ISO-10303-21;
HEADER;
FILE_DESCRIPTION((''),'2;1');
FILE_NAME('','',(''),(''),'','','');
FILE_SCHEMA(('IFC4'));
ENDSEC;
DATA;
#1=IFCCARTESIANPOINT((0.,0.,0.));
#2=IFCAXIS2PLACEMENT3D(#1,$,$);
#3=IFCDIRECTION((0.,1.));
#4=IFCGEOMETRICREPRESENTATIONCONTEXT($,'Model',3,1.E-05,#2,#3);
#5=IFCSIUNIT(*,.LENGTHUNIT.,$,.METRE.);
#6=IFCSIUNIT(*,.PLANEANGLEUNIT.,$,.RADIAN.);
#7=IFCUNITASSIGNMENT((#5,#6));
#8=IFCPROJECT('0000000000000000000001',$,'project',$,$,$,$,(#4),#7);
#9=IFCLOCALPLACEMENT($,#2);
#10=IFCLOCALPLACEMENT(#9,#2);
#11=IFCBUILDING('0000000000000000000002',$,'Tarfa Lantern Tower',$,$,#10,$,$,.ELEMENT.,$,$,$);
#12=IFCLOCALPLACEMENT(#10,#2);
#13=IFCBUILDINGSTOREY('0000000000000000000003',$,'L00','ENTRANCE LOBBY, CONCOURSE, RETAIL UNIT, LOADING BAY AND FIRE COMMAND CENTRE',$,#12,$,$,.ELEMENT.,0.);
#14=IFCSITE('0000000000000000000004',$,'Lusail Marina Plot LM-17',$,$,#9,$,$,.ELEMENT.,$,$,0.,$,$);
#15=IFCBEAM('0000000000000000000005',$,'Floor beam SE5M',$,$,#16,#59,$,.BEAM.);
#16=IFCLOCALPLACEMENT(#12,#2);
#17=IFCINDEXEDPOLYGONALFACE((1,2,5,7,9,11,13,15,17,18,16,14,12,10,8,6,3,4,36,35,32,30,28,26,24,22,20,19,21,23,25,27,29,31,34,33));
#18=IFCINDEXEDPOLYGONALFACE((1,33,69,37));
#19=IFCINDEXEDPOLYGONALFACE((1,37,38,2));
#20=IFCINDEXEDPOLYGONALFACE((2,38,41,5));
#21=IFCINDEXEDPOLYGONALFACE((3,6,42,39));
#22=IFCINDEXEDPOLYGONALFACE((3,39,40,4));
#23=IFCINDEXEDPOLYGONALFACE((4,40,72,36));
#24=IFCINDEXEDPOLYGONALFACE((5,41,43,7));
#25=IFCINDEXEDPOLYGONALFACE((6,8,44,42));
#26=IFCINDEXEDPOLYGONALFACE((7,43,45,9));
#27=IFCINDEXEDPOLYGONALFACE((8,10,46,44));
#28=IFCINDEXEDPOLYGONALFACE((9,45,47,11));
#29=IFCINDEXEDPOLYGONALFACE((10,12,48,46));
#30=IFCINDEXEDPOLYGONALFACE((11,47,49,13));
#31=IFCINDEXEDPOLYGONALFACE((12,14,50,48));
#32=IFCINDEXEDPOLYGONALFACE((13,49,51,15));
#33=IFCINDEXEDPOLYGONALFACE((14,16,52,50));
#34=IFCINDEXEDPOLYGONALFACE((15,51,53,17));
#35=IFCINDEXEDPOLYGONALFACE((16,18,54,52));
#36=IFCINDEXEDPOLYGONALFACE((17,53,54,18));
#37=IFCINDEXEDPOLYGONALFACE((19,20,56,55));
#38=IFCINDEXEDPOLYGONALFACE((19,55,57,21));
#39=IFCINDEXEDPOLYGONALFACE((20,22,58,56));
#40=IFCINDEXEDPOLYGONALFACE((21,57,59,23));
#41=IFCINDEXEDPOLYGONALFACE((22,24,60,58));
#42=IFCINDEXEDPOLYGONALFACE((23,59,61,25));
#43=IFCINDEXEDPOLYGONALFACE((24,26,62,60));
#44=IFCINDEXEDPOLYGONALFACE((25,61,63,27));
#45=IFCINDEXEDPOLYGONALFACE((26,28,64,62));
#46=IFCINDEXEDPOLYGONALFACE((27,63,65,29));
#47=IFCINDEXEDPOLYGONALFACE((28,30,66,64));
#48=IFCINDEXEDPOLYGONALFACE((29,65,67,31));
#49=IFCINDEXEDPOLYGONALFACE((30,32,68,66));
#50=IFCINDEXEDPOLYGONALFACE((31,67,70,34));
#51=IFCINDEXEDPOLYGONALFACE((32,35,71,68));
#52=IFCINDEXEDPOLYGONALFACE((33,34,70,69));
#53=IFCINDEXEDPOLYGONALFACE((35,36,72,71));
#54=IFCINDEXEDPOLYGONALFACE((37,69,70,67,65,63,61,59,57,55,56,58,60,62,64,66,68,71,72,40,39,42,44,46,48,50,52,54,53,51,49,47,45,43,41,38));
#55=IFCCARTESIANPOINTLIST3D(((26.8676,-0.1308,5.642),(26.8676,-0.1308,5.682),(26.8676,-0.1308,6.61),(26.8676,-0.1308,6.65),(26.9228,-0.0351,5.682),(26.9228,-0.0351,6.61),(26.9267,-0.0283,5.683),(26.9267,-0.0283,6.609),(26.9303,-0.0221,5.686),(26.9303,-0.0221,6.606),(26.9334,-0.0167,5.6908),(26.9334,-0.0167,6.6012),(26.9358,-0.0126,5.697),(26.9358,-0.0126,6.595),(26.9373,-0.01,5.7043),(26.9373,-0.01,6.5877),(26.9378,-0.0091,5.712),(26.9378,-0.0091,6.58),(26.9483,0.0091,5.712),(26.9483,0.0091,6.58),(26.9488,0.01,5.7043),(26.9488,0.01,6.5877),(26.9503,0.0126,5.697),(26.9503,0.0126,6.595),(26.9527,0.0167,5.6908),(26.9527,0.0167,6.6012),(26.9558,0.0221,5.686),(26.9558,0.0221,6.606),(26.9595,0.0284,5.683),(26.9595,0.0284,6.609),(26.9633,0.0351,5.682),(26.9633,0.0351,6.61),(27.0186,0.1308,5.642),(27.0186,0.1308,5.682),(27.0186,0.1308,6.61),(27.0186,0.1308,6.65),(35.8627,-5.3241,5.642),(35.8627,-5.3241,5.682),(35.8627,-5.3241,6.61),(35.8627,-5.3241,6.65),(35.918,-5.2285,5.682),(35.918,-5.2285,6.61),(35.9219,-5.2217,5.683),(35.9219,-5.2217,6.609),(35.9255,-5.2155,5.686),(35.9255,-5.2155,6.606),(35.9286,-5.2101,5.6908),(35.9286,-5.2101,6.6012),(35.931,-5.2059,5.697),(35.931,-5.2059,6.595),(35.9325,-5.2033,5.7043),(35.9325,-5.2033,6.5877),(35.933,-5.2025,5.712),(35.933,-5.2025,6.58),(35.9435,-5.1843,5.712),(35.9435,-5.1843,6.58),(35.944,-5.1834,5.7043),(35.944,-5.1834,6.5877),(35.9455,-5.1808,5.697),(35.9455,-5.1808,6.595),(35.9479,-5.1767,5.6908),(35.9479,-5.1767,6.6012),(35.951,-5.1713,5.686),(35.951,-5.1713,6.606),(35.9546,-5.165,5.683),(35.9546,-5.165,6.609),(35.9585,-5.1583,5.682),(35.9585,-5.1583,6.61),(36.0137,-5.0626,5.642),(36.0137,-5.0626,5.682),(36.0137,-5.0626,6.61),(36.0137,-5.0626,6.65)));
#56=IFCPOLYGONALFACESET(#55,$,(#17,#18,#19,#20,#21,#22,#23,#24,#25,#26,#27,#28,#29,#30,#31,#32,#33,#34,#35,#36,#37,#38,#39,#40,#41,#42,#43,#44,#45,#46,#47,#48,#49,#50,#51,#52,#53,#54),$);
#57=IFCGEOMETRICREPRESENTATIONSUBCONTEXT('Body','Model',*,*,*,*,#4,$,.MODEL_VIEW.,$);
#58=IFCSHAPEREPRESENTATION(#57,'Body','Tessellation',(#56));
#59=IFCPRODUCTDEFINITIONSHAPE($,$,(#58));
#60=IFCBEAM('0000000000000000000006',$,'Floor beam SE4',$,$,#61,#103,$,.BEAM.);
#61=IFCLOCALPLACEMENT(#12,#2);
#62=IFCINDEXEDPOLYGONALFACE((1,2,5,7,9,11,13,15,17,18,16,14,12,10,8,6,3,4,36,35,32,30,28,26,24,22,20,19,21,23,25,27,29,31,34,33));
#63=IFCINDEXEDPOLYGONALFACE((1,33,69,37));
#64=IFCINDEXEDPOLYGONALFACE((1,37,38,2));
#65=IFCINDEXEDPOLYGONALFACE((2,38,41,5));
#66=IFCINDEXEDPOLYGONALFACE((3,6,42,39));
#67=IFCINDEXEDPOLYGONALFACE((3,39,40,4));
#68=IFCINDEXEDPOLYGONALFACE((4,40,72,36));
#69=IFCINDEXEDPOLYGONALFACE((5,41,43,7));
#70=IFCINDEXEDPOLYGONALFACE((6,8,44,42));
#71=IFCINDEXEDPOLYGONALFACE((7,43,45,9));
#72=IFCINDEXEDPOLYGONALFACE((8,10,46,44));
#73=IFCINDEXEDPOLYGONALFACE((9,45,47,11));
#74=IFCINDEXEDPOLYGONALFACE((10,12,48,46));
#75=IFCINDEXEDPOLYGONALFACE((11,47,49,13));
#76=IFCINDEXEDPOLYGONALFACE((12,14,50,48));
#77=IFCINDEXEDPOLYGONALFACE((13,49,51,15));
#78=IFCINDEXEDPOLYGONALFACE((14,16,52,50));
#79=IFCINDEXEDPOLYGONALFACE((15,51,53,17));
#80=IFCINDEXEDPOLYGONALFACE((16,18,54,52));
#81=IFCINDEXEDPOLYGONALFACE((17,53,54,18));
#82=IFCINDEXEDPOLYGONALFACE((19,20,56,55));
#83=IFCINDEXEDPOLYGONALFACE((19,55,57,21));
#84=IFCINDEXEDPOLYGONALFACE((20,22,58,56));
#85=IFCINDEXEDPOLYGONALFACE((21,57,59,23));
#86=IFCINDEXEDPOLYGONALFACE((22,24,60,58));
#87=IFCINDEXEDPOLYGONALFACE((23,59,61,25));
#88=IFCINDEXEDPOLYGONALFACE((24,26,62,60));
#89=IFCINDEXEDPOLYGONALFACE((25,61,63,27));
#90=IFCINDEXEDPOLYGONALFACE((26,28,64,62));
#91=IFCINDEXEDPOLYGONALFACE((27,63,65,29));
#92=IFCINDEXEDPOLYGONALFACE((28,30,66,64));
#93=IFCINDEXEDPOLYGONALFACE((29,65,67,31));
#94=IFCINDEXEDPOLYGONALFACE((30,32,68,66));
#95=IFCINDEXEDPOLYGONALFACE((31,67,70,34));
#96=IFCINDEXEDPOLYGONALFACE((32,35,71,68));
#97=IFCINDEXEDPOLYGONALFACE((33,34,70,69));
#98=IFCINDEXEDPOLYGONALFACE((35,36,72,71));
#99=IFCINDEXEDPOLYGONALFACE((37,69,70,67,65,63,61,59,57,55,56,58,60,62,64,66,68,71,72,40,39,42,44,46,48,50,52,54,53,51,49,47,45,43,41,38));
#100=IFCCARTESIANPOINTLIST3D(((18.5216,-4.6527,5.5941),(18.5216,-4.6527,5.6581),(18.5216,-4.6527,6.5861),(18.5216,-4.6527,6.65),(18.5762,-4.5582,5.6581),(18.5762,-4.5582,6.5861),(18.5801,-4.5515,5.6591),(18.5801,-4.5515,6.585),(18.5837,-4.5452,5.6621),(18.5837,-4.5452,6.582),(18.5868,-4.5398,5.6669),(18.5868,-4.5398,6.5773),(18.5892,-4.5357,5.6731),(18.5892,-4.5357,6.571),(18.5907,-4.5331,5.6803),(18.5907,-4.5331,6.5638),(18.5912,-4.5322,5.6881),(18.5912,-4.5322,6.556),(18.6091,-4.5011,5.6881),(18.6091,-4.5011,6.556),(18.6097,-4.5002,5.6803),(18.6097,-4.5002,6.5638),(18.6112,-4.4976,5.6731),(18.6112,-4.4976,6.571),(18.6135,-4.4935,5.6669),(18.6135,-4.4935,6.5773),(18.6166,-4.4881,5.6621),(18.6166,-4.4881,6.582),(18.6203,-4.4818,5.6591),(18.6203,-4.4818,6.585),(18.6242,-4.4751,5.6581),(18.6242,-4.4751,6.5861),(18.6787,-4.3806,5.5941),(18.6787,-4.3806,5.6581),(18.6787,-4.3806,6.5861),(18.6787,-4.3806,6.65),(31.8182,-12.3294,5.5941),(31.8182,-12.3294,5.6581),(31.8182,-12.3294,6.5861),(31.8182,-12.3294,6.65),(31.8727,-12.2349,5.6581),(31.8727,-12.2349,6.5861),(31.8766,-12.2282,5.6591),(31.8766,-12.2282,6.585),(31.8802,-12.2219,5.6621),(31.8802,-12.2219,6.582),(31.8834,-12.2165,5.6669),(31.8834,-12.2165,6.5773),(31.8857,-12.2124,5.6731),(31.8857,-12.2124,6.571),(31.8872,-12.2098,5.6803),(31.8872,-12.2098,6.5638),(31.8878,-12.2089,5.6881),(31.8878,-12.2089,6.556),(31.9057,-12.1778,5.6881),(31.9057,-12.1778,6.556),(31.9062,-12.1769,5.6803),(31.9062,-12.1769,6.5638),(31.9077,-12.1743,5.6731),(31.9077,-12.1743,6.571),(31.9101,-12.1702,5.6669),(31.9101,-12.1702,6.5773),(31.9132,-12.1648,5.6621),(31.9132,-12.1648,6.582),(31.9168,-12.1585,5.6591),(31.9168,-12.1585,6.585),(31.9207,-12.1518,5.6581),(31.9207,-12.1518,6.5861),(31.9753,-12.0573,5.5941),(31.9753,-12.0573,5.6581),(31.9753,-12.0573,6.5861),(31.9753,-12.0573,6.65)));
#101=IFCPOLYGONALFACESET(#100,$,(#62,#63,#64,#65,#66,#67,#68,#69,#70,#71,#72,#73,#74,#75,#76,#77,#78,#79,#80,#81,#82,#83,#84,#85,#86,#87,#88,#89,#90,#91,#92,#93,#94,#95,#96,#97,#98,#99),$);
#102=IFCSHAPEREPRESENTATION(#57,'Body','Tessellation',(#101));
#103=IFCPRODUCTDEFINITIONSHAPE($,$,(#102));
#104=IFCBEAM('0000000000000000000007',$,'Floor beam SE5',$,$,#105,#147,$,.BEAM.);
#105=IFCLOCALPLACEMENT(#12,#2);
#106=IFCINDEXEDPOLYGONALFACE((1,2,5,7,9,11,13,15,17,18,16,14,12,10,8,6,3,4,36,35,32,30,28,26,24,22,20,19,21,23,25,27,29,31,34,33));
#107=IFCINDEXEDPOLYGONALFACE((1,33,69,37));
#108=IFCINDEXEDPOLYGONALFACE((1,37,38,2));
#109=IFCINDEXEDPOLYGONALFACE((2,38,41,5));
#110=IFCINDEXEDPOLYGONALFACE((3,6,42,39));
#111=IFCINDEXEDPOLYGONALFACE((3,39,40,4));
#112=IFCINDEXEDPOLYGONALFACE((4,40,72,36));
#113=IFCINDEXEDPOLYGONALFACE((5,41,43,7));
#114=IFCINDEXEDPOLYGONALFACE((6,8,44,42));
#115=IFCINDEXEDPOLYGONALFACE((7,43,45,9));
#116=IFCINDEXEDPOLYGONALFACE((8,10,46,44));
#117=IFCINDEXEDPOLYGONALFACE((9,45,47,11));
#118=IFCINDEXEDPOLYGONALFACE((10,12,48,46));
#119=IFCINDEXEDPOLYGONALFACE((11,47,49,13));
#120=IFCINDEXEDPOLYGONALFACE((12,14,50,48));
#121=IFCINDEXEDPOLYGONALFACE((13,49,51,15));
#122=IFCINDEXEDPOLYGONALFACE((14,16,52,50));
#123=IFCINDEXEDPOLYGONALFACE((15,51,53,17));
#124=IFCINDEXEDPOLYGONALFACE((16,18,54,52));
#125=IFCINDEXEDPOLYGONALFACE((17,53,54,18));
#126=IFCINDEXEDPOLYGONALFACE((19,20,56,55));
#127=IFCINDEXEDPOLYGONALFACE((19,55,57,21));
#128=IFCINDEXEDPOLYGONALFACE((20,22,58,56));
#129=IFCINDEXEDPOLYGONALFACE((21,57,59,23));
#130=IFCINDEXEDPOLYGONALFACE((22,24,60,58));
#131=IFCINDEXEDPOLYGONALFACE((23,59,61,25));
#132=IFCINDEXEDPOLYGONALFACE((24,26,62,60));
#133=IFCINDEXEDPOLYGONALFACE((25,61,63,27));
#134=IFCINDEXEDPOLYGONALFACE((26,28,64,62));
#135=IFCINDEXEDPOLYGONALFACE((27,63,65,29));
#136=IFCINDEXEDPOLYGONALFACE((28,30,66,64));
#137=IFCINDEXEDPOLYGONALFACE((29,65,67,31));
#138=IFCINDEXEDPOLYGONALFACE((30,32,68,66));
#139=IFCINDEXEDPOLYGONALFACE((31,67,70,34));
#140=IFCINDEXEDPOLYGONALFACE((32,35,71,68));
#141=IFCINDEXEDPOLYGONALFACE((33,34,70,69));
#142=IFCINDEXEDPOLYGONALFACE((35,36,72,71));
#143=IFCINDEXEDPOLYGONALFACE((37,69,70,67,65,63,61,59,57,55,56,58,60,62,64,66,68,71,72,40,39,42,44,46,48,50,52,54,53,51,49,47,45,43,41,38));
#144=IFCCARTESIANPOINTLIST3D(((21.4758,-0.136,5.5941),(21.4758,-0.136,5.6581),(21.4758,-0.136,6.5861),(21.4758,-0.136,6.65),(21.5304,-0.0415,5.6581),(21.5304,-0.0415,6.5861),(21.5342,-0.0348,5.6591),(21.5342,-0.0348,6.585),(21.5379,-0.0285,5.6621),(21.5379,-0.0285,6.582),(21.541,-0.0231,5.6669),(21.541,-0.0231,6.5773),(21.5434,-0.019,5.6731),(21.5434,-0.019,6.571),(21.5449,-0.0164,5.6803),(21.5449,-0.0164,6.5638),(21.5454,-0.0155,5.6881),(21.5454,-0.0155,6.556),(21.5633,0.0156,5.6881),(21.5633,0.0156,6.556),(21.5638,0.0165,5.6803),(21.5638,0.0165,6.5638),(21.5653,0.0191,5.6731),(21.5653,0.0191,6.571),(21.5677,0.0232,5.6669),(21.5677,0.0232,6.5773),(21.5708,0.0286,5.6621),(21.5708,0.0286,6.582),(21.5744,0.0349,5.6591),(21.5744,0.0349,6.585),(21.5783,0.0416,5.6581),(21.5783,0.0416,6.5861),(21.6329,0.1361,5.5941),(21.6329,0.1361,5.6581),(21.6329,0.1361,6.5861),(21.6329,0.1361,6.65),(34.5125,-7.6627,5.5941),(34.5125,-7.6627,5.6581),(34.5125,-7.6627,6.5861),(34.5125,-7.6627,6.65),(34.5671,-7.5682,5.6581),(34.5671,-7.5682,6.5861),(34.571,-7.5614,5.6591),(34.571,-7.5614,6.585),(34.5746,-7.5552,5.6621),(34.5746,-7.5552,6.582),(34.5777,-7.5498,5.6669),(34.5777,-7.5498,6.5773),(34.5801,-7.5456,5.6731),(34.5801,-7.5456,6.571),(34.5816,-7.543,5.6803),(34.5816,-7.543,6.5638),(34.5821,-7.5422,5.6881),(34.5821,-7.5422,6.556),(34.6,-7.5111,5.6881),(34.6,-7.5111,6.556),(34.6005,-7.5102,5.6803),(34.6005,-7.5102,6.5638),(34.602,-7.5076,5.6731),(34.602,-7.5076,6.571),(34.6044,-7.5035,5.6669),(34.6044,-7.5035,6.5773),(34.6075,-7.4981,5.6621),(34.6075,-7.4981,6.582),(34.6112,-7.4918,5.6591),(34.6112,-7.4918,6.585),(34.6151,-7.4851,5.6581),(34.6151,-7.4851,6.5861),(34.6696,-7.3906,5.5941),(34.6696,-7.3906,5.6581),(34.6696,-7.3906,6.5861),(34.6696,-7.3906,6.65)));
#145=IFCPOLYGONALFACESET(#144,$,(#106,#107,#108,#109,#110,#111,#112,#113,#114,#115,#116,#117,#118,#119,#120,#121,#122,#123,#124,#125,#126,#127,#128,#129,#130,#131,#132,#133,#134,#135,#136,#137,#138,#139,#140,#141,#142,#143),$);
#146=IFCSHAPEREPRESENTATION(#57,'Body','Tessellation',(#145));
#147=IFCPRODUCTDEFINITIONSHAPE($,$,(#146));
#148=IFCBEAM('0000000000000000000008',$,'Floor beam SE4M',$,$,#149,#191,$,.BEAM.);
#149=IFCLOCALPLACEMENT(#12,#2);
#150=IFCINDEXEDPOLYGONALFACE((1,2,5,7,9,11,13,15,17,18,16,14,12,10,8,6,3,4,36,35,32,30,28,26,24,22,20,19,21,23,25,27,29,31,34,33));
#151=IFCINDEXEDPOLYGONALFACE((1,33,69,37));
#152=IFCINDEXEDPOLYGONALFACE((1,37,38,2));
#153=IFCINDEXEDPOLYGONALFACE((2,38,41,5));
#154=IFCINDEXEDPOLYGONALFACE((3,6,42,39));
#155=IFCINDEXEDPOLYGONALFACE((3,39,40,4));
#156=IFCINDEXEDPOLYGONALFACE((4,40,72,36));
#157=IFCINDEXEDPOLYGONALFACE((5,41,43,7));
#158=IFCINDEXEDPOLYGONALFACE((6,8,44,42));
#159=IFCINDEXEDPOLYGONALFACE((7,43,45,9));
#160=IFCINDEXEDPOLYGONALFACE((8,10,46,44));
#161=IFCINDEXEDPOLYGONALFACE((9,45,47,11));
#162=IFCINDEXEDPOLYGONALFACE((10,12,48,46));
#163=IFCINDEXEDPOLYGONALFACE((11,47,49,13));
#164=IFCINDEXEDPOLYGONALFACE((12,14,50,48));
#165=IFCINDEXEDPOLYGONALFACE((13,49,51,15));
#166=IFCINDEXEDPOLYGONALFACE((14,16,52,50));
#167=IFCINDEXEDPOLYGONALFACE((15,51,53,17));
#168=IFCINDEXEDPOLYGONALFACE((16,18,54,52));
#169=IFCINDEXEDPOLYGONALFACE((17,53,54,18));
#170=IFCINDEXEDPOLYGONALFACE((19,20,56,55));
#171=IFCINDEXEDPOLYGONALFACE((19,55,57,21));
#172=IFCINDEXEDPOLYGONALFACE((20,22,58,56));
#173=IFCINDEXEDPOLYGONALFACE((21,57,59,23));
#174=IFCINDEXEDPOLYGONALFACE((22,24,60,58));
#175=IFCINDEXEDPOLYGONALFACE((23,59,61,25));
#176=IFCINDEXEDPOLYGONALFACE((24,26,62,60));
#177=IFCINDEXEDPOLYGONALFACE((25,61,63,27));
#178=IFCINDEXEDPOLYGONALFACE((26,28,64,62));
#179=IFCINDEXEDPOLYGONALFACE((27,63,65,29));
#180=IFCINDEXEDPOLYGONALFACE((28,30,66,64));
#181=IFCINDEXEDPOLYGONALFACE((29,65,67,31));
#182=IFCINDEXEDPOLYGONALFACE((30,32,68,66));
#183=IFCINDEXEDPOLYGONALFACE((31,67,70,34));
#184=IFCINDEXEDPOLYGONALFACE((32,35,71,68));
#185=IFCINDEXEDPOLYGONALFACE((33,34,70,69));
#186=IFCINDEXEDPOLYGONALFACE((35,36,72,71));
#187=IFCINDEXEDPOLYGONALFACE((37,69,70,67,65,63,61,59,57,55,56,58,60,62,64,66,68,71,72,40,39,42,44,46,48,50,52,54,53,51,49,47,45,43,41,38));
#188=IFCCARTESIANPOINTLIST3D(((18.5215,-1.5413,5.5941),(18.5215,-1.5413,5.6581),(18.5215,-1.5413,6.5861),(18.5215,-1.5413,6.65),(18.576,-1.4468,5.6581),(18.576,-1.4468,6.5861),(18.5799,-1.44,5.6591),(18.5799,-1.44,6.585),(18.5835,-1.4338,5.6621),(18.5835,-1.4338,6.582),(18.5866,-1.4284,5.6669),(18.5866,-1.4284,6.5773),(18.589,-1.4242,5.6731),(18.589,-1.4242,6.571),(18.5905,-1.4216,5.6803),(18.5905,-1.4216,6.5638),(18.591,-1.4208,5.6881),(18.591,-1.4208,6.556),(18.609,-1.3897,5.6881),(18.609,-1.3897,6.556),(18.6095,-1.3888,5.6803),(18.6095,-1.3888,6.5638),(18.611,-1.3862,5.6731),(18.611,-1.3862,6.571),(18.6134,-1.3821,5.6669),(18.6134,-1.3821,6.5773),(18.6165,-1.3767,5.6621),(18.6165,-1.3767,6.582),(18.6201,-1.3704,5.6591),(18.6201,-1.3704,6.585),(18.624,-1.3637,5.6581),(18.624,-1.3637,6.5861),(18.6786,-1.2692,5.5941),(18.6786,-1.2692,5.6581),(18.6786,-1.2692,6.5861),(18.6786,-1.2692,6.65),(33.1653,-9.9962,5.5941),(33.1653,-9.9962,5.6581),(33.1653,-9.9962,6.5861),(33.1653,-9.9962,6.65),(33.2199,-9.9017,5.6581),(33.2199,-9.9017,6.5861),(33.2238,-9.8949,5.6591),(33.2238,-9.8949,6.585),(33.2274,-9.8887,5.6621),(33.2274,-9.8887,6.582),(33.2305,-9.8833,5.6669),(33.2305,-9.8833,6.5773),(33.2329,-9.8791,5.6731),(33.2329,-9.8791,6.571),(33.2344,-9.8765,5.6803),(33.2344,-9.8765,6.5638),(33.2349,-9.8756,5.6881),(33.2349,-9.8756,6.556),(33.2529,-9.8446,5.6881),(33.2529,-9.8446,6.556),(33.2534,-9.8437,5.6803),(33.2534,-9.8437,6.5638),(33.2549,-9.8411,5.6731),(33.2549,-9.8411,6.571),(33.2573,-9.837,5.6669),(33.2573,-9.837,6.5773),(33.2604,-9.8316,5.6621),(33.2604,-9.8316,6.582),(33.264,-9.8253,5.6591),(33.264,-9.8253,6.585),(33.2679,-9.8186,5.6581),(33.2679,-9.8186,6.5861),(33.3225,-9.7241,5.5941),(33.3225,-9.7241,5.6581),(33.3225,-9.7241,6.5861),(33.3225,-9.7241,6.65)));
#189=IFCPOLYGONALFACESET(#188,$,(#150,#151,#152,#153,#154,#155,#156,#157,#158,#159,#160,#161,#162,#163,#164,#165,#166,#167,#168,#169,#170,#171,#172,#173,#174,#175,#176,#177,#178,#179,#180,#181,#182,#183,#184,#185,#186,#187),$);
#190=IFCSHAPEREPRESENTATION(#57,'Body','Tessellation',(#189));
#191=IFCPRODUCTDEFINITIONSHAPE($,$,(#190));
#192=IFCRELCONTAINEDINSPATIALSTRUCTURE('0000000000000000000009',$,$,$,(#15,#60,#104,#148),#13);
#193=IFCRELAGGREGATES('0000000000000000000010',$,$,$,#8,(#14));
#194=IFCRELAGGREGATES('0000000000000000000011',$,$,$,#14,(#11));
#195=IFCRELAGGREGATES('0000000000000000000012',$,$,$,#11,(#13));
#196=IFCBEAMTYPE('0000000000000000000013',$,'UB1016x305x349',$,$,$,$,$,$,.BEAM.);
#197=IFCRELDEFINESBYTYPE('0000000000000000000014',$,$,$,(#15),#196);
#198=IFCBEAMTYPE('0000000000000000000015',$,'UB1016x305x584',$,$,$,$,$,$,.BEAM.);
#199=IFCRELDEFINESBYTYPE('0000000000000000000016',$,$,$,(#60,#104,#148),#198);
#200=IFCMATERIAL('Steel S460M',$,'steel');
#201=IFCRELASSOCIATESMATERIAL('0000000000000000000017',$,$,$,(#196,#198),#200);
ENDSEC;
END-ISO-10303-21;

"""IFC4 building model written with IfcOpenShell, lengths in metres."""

from ifc_helpers import new_model, si_unit, direction, frame, origin, origin_2d, place, context, subcontext, project, spatial, i_section, extrude, material, material_profile, profile_set, type_object, element, save


model = new_model("IFC4")

# Units and contexts
model_context = context("Model", 3, precision=1e-05, world=origin(), true_north=direction((0.0, 1.0)))
body_context = subcontext(model_context, "Body", "Model", "MODEL_VIEW")
ifc_project = project(units=[si_unit("LENGTHUNIT", "METRE"), si_unit("PLANEANGLEUNIT", "RADIAN")], contexts=[model_context])

# Site, building, storey
site_placement = place(None, origin())
site = spatial("IfcSite", under=ifc_project, at=site_placement, Name="Lusail Marina Plot LM-17", CompositionType="ELEMENT", RefElevation=0.0)
building_placement = place(site_placement, origin())
building = spatial("IfcBuilding", under=site, at=building_placement, Name="Tarfa Lantern Tower", CompositionType="ELEMENT")
storey_placement = place(building_placement, origin())
storey = spatial("IfcBuildingStorey", under=building, at=storey_placement, Name="L00", Description="ENTRANCE LOBBY, CONCOURSE, RETAIL UNIT, LOADING BAY AND FIRE COMMAND CENTRE", CompositionType="ELEMENT", Elevation=0.0)

# Beams
ifc_material_1 = material(Name="Steel S460M", Category="steel")
ifc_material_profile_1 = material_profile(ifc_material_1, i_section(OverallWidth=0.302, OverallDepth=1.0081, WebThickness=0.021, FlangeThickness=0.04, FilletRadius=0.03, at=origin_2d()), Name="UB1016x305x349")
ifc_profile_set_1 = profile_set([ifc_material_profile_1], Name="Steel S460M")
beam_type_1 = type_object("IfcBeamType", Name="UB1016x305x349", PredefinedType="BEAM", material=ifc_profile_set_1)
beam_1_placement = place(storey_placement, frame((35.9382, -5.1934, 6.146), z_axis=(-0.866024, 0.500002, 0.0), x_axis=(-0.500002, -0.866024, 0.0)))
element("IfcBeam", 1, at=beam_1_placement, inside=storey, type_object=beam_type_1, Name="Floor beam SE5M", PredefinedType="BEAM", context=body_context, shape_type="SweptSolid", body=[
    extrude(i_section(OverallWidth=0.302, OverallDepth=1.0081, WebThickness=0.021, FlangeThickness=0.04, FilletRadius=0.03, at=origin_2d()), origin(), (0.0, 0.0, 1.0), 10.3867),
])
ifc_material_profile_2 = material_profile(ifc_material_1, i_section(OverallWidth=0.3142, OverallDepth=1.0559, WebThickness=0.0359, FlangeThickness=0.064, FilletRadius=0.03, at=origin_2d()), Name="UB1016x305x584")
ifc_profile_set_2 = profile_set([ifc_material_profile_2], Name="Steel S460M")
beam_type_2 = type_object("IfcBeamType", Name="UB1016x305x584", PredefinedType="BEAM", material=ifc_profile_set_2)
beam_2_placement = place(storey_placement, frame((31.8967, -12.1934, 6.1221), z_axis=(-0.866027, 0.499997, 0.0), x_axis=(-0.499997, -0.866027, 0.0)))
element("IfcBeam", 2, at=beam_2_placement, inside=storey, type_object=beam_type_2, Name="Floor beam SE4", PredefinedType="BEAM", context=body_context, shape_type="SweptSolid", body=[
    extrude(i_section(OverallWidth=0.3142, OverallDepth=1.0559, WebThickness=0.0359, FlangeThickness=0.064, FilletRadius=0.03, at=origin_2d()), origin(), (0.0, 0.0, 1.0), 15.3535),
])
beam_3_placement = place(storey_placement, frame((34.5911, -7.5266, 6.1221), z_axis=(-0.866028, 0.499996, 0.0), x_axis=(-0.499996, -0.866028, 0.0)))
element("IfcBeam", 3, at=beam_3_placement, inside=storey, type_object=beam_type_2, Name="Floor beam SE5", PredefinedType="BEAM", context=body_context, shape_type="SweptSolid", body=[
    extrude(i_section(OverallWidth=0.3142, OverallDepth=1.0559, WebThickness=0.0359, FlangeThickness=0.064, FilletRadius=0.03, at=origin_2d()), origin(), (0.0, 0.0, 1.0), 15.0535),
])
beam_4_placement = place(storey_placement, frame((33.2439, -9.8601, 6.1221), z_axis=(-0.866019, 0.50001, 0.0), x_axis=(-0.50001, -0.866019, 0.0)))
element("IfcBeam", 4, at=beam_4_placement, inside=storey, type_object=beam_type_2, Name="Floor beam SE4M", PredefinedType="BEAM", context=body_context, shape_type="SweptSolid", body=[
    extrude(i_section(OverallWidth=0.3142, OverallDepth=1.0559, WebThickness=0.0359, FlangeThickness=0.064, FilletRadius=0.03, at=origin_2d()), origin(), (0.0, 0.0, 1.0), 16.9094),
])

save(model, "model.ifc")
